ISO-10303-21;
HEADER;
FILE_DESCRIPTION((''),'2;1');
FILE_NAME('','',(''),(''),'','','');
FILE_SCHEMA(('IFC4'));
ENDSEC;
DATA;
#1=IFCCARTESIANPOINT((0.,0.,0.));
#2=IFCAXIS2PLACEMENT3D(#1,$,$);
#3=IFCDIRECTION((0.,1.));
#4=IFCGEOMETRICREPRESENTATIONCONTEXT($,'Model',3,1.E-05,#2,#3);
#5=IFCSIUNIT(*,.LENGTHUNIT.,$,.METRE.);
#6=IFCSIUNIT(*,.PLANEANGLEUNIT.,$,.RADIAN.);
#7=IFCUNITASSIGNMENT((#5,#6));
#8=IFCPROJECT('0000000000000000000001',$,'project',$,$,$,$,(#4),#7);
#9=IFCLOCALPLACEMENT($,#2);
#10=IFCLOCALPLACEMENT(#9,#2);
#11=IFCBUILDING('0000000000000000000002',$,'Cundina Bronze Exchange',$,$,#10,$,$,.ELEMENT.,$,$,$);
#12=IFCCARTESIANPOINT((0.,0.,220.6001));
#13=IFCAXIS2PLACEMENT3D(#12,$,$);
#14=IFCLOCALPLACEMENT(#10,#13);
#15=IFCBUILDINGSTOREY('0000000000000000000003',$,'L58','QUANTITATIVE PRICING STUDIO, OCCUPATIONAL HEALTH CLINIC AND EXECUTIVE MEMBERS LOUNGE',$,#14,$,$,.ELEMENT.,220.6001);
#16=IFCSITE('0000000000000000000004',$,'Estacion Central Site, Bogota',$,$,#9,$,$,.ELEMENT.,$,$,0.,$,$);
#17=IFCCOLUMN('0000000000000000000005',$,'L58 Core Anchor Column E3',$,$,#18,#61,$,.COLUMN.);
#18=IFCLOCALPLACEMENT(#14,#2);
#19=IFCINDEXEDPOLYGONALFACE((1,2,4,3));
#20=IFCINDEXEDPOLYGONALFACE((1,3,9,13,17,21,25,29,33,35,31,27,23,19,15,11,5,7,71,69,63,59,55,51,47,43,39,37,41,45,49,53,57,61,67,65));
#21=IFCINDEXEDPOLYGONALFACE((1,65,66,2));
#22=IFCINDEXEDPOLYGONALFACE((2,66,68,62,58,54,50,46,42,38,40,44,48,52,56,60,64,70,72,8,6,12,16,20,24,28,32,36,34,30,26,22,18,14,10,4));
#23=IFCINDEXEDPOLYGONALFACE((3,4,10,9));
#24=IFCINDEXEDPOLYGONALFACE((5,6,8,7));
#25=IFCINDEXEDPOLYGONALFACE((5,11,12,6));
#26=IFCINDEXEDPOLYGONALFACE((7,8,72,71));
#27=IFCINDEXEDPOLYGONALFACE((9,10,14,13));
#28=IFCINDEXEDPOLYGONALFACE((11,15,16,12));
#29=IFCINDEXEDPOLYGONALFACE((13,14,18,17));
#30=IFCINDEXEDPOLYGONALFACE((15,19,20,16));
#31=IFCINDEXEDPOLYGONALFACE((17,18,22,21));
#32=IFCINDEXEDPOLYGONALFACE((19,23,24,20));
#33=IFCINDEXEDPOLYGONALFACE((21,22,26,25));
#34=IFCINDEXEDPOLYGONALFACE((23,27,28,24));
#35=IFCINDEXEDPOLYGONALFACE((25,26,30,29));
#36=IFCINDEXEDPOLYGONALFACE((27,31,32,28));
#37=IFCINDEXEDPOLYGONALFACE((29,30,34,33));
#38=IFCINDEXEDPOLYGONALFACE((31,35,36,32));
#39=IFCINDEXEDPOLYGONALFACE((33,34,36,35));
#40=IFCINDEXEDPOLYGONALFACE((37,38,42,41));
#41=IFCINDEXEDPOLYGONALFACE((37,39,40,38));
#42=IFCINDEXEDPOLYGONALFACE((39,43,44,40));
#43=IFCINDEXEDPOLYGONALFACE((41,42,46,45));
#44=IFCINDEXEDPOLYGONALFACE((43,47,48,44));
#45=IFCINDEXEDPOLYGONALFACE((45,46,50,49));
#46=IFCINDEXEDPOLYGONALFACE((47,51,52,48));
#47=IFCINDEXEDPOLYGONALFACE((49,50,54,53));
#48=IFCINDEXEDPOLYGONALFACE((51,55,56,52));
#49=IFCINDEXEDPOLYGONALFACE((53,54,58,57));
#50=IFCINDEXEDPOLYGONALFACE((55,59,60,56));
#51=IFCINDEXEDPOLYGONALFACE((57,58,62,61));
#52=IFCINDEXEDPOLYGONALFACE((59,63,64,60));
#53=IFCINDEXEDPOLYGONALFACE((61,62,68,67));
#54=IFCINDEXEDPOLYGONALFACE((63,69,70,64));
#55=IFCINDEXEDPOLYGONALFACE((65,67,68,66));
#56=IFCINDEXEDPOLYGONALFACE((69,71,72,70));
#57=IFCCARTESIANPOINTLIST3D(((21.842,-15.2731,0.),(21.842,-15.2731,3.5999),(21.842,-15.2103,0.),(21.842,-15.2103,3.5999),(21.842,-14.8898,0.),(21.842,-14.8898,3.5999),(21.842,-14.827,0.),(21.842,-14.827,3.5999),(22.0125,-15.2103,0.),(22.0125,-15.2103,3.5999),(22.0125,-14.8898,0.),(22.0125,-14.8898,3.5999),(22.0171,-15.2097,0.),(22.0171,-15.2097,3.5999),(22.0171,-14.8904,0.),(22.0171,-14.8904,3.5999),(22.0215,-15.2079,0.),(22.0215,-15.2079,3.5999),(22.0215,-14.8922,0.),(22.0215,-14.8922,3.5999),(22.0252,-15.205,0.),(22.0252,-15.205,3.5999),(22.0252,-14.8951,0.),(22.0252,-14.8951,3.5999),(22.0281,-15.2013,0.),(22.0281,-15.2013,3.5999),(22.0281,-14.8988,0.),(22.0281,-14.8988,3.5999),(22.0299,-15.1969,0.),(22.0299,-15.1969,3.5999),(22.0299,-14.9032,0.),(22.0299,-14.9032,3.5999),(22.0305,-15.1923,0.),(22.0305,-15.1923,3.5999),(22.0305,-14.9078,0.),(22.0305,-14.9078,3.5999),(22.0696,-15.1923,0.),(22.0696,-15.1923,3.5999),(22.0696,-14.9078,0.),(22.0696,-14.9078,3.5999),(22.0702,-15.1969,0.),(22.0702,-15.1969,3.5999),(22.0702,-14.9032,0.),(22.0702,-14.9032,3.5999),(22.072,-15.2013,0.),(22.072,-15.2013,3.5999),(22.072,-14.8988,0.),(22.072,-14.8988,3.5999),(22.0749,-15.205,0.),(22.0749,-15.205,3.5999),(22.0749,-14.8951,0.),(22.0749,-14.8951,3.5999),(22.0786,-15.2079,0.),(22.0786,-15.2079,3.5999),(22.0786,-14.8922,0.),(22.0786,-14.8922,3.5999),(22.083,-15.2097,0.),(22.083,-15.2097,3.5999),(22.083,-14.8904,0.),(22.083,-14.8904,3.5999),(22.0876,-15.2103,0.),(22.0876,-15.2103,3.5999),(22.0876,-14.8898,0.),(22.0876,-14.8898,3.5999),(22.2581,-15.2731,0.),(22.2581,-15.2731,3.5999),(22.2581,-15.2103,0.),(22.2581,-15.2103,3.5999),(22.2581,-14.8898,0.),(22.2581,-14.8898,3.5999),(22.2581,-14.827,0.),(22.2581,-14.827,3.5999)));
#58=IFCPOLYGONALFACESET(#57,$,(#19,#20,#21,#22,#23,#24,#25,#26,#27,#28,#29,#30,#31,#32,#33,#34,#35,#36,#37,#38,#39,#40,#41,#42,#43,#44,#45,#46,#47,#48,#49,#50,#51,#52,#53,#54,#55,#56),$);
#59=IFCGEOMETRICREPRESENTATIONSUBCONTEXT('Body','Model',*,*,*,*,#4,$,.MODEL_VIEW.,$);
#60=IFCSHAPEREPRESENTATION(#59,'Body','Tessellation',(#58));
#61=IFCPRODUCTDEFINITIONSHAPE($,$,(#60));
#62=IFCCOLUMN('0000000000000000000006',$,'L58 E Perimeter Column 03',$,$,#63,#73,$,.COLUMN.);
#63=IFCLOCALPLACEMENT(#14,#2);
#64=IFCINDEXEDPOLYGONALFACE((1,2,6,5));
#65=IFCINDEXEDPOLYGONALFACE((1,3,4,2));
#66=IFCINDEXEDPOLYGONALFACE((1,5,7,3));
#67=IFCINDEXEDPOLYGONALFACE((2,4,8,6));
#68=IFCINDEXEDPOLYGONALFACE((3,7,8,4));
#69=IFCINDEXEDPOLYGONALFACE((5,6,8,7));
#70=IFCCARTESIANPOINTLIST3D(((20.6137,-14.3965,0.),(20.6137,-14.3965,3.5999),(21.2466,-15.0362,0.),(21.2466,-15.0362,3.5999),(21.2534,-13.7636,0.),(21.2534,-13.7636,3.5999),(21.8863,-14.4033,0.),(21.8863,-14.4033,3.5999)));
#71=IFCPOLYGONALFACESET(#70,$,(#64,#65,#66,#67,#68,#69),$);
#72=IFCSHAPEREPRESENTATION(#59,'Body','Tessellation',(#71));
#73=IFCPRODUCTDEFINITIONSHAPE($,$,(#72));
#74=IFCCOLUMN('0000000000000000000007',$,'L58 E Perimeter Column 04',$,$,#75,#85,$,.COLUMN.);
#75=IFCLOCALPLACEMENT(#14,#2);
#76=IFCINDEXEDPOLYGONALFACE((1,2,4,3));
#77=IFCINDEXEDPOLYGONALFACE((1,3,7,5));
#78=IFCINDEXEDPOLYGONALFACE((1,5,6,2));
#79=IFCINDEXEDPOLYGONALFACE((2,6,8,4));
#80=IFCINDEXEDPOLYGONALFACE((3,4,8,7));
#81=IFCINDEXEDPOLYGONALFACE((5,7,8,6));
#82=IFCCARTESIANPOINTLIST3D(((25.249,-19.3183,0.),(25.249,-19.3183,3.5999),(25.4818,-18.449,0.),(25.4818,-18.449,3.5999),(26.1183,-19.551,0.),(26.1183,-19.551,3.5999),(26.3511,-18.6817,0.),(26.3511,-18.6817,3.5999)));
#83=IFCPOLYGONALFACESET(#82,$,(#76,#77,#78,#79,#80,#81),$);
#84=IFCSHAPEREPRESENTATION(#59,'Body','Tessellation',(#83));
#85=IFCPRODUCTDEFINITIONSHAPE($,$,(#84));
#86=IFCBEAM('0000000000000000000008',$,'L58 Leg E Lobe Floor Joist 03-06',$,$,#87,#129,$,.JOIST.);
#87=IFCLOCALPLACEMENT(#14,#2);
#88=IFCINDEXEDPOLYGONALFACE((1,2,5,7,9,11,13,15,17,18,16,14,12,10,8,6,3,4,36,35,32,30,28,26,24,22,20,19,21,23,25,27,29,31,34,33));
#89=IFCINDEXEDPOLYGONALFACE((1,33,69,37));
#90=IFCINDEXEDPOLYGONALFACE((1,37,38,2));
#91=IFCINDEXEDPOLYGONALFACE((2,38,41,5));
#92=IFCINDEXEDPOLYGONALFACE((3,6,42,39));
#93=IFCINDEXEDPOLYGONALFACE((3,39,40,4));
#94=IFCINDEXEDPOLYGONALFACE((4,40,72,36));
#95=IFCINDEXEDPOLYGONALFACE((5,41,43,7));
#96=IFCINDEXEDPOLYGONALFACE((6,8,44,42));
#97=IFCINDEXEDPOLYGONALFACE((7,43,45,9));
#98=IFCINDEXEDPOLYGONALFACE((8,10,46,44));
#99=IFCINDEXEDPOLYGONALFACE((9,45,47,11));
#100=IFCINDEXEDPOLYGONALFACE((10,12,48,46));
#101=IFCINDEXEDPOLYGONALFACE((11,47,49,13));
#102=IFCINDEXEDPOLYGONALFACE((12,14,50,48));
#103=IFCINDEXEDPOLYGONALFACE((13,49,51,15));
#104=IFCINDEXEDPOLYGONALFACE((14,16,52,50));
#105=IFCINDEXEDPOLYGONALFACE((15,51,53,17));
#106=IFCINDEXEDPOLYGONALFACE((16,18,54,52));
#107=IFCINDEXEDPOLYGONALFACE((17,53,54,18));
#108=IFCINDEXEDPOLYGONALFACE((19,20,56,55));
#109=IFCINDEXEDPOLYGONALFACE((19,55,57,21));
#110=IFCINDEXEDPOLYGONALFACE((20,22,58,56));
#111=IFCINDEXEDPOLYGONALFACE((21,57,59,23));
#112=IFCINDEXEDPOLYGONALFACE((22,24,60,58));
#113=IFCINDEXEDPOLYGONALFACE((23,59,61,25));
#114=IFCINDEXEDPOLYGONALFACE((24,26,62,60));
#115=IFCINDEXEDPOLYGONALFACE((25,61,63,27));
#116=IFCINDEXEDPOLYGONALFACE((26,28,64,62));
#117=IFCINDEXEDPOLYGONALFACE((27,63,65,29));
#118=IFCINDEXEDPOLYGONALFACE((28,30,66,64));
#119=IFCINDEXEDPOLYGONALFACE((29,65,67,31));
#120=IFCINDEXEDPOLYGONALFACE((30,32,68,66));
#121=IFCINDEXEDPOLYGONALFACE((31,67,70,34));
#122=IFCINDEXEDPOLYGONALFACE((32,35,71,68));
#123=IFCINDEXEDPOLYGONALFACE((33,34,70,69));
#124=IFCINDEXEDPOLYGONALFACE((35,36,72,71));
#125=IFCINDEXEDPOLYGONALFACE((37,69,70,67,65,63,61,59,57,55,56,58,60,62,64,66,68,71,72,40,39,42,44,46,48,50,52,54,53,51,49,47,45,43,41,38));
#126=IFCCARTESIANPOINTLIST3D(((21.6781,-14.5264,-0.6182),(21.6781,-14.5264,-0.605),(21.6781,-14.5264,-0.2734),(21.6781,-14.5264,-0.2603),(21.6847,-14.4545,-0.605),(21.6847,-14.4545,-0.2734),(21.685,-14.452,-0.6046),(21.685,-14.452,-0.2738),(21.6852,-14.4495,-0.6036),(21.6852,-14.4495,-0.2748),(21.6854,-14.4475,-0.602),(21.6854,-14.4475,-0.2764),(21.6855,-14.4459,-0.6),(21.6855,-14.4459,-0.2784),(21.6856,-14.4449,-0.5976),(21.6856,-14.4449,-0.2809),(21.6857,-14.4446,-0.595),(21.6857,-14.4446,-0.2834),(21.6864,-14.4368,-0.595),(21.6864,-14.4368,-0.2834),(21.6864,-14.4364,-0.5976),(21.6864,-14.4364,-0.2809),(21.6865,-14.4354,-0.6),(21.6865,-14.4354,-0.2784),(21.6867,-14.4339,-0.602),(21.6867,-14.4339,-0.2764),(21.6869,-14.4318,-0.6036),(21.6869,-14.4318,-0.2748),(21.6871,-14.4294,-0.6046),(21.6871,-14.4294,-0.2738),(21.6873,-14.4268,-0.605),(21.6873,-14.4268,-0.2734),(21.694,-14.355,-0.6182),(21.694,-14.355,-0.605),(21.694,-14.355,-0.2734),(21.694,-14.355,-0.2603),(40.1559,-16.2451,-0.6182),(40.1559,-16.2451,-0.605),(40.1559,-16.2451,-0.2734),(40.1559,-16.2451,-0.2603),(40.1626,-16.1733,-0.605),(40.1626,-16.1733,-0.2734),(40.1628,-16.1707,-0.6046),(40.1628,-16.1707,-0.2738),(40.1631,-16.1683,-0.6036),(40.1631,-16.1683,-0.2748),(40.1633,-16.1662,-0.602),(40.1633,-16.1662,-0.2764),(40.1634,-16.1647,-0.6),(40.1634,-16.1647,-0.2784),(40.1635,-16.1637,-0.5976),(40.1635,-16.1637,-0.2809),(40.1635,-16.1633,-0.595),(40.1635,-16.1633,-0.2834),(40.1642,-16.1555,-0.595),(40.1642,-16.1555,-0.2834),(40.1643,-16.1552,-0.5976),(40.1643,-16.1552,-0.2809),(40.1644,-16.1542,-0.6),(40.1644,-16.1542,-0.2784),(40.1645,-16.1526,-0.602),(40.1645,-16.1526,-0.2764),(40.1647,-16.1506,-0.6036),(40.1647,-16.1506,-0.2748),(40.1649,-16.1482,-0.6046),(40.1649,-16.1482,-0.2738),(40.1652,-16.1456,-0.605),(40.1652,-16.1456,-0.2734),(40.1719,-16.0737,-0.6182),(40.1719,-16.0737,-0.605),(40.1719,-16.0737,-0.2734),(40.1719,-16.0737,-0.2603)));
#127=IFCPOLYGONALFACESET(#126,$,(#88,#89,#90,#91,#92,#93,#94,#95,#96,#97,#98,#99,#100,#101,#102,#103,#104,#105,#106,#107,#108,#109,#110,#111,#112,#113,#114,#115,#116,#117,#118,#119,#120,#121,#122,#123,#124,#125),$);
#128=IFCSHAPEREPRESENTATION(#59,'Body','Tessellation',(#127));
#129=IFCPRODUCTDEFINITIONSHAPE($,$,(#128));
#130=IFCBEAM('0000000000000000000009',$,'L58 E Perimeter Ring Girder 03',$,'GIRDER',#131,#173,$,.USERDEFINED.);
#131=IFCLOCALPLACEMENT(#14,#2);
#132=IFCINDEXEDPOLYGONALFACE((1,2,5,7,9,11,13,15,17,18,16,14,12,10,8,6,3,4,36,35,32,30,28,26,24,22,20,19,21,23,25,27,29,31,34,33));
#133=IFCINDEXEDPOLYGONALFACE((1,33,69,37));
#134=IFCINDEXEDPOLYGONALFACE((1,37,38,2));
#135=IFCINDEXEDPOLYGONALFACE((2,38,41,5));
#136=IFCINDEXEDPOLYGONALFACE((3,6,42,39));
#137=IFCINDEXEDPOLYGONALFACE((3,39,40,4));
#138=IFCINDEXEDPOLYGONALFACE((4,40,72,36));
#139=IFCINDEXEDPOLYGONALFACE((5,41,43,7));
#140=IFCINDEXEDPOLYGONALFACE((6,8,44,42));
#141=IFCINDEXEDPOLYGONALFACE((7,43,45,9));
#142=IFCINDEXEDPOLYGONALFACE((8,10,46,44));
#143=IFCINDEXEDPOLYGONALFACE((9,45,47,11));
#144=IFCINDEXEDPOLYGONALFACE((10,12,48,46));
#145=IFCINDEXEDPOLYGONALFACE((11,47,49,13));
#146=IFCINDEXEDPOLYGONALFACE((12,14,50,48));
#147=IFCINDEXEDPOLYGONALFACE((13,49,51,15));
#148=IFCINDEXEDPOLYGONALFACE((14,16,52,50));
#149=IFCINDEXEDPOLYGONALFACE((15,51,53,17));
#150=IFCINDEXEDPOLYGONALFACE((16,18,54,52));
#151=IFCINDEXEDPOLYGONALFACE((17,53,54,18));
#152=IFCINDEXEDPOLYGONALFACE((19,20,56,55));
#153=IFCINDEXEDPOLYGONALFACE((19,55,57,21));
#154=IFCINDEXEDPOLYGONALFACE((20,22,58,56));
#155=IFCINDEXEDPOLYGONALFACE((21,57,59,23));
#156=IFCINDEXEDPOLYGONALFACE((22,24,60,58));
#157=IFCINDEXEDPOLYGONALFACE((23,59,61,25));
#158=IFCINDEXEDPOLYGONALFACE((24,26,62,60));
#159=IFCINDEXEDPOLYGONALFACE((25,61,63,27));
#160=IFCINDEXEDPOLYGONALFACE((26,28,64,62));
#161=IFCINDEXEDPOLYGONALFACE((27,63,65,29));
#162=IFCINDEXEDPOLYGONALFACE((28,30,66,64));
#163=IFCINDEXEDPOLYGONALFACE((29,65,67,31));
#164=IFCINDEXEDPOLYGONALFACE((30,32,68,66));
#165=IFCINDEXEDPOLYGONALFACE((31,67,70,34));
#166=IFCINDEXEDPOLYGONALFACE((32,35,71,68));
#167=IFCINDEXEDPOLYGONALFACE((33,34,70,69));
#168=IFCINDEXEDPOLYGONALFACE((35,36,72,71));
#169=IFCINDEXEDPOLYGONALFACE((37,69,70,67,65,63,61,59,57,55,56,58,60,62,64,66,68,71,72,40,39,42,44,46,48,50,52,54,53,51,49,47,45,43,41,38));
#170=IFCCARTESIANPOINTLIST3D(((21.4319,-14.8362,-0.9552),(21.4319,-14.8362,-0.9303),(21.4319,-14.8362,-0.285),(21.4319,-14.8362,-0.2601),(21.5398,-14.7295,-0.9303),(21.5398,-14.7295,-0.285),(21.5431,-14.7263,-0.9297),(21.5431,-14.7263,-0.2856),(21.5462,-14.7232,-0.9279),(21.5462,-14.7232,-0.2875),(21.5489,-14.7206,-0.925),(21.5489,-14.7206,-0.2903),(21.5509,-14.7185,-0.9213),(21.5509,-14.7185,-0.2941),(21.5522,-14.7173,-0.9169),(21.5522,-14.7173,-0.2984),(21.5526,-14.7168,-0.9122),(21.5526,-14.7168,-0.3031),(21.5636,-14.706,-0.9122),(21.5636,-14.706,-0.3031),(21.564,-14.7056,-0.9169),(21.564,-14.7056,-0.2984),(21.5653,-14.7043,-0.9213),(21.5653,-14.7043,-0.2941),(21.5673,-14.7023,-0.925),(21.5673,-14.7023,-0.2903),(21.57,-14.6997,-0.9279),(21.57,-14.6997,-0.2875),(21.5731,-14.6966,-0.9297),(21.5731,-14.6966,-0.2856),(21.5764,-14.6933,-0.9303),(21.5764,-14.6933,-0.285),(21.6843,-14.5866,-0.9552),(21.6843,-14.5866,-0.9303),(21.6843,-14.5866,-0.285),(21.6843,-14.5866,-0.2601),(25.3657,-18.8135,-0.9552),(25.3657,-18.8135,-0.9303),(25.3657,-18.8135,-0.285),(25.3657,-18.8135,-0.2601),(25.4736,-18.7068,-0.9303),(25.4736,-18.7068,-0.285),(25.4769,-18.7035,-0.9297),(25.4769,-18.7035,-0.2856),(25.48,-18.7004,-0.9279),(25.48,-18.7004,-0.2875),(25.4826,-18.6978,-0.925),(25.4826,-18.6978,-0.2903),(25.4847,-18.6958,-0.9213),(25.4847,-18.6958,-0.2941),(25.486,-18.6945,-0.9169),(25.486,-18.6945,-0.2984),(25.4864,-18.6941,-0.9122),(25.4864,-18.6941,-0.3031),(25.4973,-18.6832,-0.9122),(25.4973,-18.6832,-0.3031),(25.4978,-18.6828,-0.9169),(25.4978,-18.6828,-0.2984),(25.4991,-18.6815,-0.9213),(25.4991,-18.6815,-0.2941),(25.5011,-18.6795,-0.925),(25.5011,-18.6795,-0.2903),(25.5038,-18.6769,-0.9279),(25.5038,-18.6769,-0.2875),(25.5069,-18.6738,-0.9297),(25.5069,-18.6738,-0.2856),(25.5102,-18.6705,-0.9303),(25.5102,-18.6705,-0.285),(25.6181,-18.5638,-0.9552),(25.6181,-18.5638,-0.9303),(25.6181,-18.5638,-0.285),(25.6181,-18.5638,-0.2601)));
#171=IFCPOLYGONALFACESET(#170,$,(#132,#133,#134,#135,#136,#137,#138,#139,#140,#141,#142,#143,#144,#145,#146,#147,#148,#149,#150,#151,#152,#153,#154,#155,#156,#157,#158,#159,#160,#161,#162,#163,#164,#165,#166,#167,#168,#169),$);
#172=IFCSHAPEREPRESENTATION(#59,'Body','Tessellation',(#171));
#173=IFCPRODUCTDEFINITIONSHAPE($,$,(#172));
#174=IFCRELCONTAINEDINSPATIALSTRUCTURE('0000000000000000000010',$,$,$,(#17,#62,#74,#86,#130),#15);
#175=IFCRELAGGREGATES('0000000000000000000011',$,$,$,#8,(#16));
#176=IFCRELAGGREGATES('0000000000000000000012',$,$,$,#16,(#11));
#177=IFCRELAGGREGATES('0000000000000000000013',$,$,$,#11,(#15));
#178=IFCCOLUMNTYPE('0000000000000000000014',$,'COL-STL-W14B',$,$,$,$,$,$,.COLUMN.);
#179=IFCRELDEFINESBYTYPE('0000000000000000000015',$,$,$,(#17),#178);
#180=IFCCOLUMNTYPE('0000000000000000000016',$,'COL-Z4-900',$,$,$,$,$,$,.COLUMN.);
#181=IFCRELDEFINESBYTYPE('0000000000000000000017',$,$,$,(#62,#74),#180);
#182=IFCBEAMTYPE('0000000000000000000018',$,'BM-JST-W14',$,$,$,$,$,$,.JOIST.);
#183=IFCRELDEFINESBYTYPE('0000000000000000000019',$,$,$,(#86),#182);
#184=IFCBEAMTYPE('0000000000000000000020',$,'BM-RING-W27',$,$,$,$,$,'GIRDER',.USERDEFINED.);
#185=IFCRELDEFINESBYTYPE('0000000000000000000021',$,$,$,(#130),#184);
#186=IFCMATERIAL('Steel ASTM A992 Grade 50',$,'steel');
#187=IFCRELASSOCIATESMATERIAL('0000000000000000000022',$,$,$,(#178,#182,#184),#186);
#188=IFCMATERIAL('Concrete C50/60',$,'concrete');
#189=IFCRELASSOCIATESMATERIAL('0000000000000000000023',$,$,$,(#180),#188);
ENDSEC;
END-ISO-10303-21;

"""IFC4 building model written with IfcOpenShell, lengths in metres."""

from ifc_helpers import new_model, si_unit, direction, frame, origin, origin_2d, place, context, subcontext, project, spatial, rectangle, i_section, extrude, material, material_profile, profile_set, type_object, element, save


model = new_model("IFC4")

# Units and contexts
model_context = context("Model", 3, precision=1e-05, world=origin(), true_north=direction((0.0, 1.0)))
body_context = subcontext(model_context, "Body", "Model", "MODEL_VIEW")
ifc_project = project(units=[si_unit("LENGTHUNIT", "METRE"), si_unit("PLANEANGLEUNIT", "RADIAN")], contexts=[model_context])

# Site, building, storey
site_placement = place(None, origin())
site = spatial("IfcSite", under=ifc_project, at=site_placement, Name="Estacion Central Site, Bogota", CompositionType="ELEMENT", RefElevation=0.0)
building_placement = place(site_placement, origin())
building = spatial("IfcBuilding", under=site, at=building_placement, Name="Cundina Bronze Exchange", CompositionType="ELEMENT")
storey_placement = place(building_placement, frame((0.0, 0.0, 220.6001)))
storey = spatial("IfcBuildingStorey", under=building, at=storey_placement, Name="L58", Description="QUANTITATIVE PRICING STUDIO, OCCUPATIONAL HEALTH CLINIC AND EXECUTIVE MEMBERS LOUNGE", CompositionType="ELEMENT", Elevation=220.6001)

# Columns
ifc_material_1 = material(Name="Steel ASTM A992 Grade 50", Category="steel")
ifc_material_profile_1 = material_profile(ifc_material_1, i_section(OverallWidth=0.416, OverallDepth=0.446, WebThickness=0.0391, FlangeThickness=0.0627, FilletRadius=0.0181, at=origin_2d()), Name="W14X342", Category="steel")
ifc_profile_set_1 = profile_set([ifc_material_profile_1], Name="Steel ASTM A992 Grade 50")
column_type_1 = type_object("IfcColumnType", Name="COL-STL-W14B", PredefinedType="COLUMN", material=ifc_profile_set_1)
column_placement = place(storey_placement, frame((22.05, -15.05, 0.0), z_axis=(0.0, 0.0, 1.0), x_axis=(1.0, 0.0, 0.0)))
element("IfcColumn", 1, at=column_placement, inside=storey, type_object=column_type_1, Name="L58 Core Anchor Column E3", PredefinedType="COLUMN", context=body_context, shape_type="SweptSolid", body=[
    extrude(i_section(OverallWidth=0.416, OverallDepth=0.446, WebThickness=0.0391, FlangeThickness=0.0627, FilletRadius=0.0181, at=origin_2d()), origin(), (0.0, 0.0, 1.0), 3.5999),
])
ifc_material_2 = material(Name="Concrete C50/60", Category="concrete")
ifc_material_profile_2 = material_profile(ifc_material_2, rectangle(XDim=0.8999, YDim=0.8999, at=origin_2d()), Name="RC900X900", Category="concrete")
ifc_profile_set_2 = profile_set([ifc_material_profile_2], Name="Concrete C50/60")
column_type_2 = type_object("IfcColumnType", Name="COL-Z4-900", PredefinedType="COLUMN", material=ifc_profile_set_2)
for number, where, z_axis, x_axis, name in (
    (2, (21.25, -14.3999, 0.0), (0.0, 0.0, 1.0), (0.703271, -0.710922, 0.0), "L58 E Perimeter Column 03"),
    (3, (25.8, -19.0, 0.0), (0.0, 0.0, 1.0), (0.965971, -0.25865, 0.0), "L58 E Perimeter Column 04"),
):
    element("IfcColumn", number, at=place(storey_placement, frame(where, z_axis=z_axis, x_axis=x_axis)), inside=storey, type_object=column_type_2, Name=name, PredefinedType="COLUMN", context=body_context, shape_type="SweptSolid", body=[
        extrude(rectangle(XDim=0.8999, YDim=0.8999, at=origin_2d()), origin(), (0.0, 0.0, 1.0), 3.5999),
    ])

# Beams
ifc_material_profile_3 = material_profile(ifc_material_1, i_section(OverallWidth=0.1721, OverallDepth=0.3579, WebThickness=0.0078, FlangeThickness=0.0132, FilletRadius=0.01, at=origin_2d()), Name="W14X38", Category="steel")
ifc_profile_set_3 = profile_set([ifc_material_profile_3], Name="Steel ASTM A992 Grade 50")
beam_type_1 = type_object("IfcBeamType", Name="BM-JST-W14", PredefinedType="JOIST", material=ifc_profile_set_3)
beam_1_placement = place(storey_placement, frame((21.686, -14.4407, -0.4392), z_axis=(0.995702, -0.092617, 0.0), x_axis=(0.092617, 0.995702, 0.0)))
element("IfcBeam", 4, at=beam_1_placement, inside=storey, type_object=beam_type_1, Name="L58 Leg E Lobe Floor Joist 03-06", PredefinedType="JOIST", context=body_context, shape_type="SweptSolid", body=[
    extrude(i_section(OverallWidth=0.1721, OverallDepth=0.3579, WebThickness=0.0078, FlangeThickness=0.0132, FilletRadius=0.01, at=origin_2d()), origin(), (0.0, 0.0, 1.0), 18.5576),
])
ifc_material_profile_4 = material_profile(ifc_material_1, i_section(OverallWidth=0.355, OverallDepth=0.6951, WebThickness=0.0154, FlangeThickness=0.0249, FilletRadius=0.0181, at=origin_2d()), Name="W27X146", Category="steel")
ifc_profile_set_4 = profile_set([ifc_material_profile_4], Name="Steel ASTM A992 Grade 50")
beam_type_2 = type_object("IfcBeamType", Name="BM-RING-W27", ElementType="GIRDER", PredefinedType="USERDEFINED", material=ifc_profile_set_4)
beam_2_placement = place(storey_placement, frame((21.5581, -14.7114, -0.6077), z_axis=(0.703212, -0.71098, 0.0), x_axis=(0.71098, 0.703212, 0.0)))
element("IfcBeam", 5, at=beam_2_placement, inside=storey, type_object=beam_type_2, Name="L58 E Perimeter Ring Girder 03", ObjectType="GIRDER", PredefinedType="USERDEFINED", context=body_context, shape_type="SweptSolid", body=[
    extrude(i_section(OverallWidth=0.355, OverallDepth=0.6951, WebThickness=0.0154, FlangeThickness=0.0249, FilletRadius=0.0181, at=origin_2d()), origin(), (0.0, 0.0, 1.0), 5.594),
])

save(model, "model.ifc")
